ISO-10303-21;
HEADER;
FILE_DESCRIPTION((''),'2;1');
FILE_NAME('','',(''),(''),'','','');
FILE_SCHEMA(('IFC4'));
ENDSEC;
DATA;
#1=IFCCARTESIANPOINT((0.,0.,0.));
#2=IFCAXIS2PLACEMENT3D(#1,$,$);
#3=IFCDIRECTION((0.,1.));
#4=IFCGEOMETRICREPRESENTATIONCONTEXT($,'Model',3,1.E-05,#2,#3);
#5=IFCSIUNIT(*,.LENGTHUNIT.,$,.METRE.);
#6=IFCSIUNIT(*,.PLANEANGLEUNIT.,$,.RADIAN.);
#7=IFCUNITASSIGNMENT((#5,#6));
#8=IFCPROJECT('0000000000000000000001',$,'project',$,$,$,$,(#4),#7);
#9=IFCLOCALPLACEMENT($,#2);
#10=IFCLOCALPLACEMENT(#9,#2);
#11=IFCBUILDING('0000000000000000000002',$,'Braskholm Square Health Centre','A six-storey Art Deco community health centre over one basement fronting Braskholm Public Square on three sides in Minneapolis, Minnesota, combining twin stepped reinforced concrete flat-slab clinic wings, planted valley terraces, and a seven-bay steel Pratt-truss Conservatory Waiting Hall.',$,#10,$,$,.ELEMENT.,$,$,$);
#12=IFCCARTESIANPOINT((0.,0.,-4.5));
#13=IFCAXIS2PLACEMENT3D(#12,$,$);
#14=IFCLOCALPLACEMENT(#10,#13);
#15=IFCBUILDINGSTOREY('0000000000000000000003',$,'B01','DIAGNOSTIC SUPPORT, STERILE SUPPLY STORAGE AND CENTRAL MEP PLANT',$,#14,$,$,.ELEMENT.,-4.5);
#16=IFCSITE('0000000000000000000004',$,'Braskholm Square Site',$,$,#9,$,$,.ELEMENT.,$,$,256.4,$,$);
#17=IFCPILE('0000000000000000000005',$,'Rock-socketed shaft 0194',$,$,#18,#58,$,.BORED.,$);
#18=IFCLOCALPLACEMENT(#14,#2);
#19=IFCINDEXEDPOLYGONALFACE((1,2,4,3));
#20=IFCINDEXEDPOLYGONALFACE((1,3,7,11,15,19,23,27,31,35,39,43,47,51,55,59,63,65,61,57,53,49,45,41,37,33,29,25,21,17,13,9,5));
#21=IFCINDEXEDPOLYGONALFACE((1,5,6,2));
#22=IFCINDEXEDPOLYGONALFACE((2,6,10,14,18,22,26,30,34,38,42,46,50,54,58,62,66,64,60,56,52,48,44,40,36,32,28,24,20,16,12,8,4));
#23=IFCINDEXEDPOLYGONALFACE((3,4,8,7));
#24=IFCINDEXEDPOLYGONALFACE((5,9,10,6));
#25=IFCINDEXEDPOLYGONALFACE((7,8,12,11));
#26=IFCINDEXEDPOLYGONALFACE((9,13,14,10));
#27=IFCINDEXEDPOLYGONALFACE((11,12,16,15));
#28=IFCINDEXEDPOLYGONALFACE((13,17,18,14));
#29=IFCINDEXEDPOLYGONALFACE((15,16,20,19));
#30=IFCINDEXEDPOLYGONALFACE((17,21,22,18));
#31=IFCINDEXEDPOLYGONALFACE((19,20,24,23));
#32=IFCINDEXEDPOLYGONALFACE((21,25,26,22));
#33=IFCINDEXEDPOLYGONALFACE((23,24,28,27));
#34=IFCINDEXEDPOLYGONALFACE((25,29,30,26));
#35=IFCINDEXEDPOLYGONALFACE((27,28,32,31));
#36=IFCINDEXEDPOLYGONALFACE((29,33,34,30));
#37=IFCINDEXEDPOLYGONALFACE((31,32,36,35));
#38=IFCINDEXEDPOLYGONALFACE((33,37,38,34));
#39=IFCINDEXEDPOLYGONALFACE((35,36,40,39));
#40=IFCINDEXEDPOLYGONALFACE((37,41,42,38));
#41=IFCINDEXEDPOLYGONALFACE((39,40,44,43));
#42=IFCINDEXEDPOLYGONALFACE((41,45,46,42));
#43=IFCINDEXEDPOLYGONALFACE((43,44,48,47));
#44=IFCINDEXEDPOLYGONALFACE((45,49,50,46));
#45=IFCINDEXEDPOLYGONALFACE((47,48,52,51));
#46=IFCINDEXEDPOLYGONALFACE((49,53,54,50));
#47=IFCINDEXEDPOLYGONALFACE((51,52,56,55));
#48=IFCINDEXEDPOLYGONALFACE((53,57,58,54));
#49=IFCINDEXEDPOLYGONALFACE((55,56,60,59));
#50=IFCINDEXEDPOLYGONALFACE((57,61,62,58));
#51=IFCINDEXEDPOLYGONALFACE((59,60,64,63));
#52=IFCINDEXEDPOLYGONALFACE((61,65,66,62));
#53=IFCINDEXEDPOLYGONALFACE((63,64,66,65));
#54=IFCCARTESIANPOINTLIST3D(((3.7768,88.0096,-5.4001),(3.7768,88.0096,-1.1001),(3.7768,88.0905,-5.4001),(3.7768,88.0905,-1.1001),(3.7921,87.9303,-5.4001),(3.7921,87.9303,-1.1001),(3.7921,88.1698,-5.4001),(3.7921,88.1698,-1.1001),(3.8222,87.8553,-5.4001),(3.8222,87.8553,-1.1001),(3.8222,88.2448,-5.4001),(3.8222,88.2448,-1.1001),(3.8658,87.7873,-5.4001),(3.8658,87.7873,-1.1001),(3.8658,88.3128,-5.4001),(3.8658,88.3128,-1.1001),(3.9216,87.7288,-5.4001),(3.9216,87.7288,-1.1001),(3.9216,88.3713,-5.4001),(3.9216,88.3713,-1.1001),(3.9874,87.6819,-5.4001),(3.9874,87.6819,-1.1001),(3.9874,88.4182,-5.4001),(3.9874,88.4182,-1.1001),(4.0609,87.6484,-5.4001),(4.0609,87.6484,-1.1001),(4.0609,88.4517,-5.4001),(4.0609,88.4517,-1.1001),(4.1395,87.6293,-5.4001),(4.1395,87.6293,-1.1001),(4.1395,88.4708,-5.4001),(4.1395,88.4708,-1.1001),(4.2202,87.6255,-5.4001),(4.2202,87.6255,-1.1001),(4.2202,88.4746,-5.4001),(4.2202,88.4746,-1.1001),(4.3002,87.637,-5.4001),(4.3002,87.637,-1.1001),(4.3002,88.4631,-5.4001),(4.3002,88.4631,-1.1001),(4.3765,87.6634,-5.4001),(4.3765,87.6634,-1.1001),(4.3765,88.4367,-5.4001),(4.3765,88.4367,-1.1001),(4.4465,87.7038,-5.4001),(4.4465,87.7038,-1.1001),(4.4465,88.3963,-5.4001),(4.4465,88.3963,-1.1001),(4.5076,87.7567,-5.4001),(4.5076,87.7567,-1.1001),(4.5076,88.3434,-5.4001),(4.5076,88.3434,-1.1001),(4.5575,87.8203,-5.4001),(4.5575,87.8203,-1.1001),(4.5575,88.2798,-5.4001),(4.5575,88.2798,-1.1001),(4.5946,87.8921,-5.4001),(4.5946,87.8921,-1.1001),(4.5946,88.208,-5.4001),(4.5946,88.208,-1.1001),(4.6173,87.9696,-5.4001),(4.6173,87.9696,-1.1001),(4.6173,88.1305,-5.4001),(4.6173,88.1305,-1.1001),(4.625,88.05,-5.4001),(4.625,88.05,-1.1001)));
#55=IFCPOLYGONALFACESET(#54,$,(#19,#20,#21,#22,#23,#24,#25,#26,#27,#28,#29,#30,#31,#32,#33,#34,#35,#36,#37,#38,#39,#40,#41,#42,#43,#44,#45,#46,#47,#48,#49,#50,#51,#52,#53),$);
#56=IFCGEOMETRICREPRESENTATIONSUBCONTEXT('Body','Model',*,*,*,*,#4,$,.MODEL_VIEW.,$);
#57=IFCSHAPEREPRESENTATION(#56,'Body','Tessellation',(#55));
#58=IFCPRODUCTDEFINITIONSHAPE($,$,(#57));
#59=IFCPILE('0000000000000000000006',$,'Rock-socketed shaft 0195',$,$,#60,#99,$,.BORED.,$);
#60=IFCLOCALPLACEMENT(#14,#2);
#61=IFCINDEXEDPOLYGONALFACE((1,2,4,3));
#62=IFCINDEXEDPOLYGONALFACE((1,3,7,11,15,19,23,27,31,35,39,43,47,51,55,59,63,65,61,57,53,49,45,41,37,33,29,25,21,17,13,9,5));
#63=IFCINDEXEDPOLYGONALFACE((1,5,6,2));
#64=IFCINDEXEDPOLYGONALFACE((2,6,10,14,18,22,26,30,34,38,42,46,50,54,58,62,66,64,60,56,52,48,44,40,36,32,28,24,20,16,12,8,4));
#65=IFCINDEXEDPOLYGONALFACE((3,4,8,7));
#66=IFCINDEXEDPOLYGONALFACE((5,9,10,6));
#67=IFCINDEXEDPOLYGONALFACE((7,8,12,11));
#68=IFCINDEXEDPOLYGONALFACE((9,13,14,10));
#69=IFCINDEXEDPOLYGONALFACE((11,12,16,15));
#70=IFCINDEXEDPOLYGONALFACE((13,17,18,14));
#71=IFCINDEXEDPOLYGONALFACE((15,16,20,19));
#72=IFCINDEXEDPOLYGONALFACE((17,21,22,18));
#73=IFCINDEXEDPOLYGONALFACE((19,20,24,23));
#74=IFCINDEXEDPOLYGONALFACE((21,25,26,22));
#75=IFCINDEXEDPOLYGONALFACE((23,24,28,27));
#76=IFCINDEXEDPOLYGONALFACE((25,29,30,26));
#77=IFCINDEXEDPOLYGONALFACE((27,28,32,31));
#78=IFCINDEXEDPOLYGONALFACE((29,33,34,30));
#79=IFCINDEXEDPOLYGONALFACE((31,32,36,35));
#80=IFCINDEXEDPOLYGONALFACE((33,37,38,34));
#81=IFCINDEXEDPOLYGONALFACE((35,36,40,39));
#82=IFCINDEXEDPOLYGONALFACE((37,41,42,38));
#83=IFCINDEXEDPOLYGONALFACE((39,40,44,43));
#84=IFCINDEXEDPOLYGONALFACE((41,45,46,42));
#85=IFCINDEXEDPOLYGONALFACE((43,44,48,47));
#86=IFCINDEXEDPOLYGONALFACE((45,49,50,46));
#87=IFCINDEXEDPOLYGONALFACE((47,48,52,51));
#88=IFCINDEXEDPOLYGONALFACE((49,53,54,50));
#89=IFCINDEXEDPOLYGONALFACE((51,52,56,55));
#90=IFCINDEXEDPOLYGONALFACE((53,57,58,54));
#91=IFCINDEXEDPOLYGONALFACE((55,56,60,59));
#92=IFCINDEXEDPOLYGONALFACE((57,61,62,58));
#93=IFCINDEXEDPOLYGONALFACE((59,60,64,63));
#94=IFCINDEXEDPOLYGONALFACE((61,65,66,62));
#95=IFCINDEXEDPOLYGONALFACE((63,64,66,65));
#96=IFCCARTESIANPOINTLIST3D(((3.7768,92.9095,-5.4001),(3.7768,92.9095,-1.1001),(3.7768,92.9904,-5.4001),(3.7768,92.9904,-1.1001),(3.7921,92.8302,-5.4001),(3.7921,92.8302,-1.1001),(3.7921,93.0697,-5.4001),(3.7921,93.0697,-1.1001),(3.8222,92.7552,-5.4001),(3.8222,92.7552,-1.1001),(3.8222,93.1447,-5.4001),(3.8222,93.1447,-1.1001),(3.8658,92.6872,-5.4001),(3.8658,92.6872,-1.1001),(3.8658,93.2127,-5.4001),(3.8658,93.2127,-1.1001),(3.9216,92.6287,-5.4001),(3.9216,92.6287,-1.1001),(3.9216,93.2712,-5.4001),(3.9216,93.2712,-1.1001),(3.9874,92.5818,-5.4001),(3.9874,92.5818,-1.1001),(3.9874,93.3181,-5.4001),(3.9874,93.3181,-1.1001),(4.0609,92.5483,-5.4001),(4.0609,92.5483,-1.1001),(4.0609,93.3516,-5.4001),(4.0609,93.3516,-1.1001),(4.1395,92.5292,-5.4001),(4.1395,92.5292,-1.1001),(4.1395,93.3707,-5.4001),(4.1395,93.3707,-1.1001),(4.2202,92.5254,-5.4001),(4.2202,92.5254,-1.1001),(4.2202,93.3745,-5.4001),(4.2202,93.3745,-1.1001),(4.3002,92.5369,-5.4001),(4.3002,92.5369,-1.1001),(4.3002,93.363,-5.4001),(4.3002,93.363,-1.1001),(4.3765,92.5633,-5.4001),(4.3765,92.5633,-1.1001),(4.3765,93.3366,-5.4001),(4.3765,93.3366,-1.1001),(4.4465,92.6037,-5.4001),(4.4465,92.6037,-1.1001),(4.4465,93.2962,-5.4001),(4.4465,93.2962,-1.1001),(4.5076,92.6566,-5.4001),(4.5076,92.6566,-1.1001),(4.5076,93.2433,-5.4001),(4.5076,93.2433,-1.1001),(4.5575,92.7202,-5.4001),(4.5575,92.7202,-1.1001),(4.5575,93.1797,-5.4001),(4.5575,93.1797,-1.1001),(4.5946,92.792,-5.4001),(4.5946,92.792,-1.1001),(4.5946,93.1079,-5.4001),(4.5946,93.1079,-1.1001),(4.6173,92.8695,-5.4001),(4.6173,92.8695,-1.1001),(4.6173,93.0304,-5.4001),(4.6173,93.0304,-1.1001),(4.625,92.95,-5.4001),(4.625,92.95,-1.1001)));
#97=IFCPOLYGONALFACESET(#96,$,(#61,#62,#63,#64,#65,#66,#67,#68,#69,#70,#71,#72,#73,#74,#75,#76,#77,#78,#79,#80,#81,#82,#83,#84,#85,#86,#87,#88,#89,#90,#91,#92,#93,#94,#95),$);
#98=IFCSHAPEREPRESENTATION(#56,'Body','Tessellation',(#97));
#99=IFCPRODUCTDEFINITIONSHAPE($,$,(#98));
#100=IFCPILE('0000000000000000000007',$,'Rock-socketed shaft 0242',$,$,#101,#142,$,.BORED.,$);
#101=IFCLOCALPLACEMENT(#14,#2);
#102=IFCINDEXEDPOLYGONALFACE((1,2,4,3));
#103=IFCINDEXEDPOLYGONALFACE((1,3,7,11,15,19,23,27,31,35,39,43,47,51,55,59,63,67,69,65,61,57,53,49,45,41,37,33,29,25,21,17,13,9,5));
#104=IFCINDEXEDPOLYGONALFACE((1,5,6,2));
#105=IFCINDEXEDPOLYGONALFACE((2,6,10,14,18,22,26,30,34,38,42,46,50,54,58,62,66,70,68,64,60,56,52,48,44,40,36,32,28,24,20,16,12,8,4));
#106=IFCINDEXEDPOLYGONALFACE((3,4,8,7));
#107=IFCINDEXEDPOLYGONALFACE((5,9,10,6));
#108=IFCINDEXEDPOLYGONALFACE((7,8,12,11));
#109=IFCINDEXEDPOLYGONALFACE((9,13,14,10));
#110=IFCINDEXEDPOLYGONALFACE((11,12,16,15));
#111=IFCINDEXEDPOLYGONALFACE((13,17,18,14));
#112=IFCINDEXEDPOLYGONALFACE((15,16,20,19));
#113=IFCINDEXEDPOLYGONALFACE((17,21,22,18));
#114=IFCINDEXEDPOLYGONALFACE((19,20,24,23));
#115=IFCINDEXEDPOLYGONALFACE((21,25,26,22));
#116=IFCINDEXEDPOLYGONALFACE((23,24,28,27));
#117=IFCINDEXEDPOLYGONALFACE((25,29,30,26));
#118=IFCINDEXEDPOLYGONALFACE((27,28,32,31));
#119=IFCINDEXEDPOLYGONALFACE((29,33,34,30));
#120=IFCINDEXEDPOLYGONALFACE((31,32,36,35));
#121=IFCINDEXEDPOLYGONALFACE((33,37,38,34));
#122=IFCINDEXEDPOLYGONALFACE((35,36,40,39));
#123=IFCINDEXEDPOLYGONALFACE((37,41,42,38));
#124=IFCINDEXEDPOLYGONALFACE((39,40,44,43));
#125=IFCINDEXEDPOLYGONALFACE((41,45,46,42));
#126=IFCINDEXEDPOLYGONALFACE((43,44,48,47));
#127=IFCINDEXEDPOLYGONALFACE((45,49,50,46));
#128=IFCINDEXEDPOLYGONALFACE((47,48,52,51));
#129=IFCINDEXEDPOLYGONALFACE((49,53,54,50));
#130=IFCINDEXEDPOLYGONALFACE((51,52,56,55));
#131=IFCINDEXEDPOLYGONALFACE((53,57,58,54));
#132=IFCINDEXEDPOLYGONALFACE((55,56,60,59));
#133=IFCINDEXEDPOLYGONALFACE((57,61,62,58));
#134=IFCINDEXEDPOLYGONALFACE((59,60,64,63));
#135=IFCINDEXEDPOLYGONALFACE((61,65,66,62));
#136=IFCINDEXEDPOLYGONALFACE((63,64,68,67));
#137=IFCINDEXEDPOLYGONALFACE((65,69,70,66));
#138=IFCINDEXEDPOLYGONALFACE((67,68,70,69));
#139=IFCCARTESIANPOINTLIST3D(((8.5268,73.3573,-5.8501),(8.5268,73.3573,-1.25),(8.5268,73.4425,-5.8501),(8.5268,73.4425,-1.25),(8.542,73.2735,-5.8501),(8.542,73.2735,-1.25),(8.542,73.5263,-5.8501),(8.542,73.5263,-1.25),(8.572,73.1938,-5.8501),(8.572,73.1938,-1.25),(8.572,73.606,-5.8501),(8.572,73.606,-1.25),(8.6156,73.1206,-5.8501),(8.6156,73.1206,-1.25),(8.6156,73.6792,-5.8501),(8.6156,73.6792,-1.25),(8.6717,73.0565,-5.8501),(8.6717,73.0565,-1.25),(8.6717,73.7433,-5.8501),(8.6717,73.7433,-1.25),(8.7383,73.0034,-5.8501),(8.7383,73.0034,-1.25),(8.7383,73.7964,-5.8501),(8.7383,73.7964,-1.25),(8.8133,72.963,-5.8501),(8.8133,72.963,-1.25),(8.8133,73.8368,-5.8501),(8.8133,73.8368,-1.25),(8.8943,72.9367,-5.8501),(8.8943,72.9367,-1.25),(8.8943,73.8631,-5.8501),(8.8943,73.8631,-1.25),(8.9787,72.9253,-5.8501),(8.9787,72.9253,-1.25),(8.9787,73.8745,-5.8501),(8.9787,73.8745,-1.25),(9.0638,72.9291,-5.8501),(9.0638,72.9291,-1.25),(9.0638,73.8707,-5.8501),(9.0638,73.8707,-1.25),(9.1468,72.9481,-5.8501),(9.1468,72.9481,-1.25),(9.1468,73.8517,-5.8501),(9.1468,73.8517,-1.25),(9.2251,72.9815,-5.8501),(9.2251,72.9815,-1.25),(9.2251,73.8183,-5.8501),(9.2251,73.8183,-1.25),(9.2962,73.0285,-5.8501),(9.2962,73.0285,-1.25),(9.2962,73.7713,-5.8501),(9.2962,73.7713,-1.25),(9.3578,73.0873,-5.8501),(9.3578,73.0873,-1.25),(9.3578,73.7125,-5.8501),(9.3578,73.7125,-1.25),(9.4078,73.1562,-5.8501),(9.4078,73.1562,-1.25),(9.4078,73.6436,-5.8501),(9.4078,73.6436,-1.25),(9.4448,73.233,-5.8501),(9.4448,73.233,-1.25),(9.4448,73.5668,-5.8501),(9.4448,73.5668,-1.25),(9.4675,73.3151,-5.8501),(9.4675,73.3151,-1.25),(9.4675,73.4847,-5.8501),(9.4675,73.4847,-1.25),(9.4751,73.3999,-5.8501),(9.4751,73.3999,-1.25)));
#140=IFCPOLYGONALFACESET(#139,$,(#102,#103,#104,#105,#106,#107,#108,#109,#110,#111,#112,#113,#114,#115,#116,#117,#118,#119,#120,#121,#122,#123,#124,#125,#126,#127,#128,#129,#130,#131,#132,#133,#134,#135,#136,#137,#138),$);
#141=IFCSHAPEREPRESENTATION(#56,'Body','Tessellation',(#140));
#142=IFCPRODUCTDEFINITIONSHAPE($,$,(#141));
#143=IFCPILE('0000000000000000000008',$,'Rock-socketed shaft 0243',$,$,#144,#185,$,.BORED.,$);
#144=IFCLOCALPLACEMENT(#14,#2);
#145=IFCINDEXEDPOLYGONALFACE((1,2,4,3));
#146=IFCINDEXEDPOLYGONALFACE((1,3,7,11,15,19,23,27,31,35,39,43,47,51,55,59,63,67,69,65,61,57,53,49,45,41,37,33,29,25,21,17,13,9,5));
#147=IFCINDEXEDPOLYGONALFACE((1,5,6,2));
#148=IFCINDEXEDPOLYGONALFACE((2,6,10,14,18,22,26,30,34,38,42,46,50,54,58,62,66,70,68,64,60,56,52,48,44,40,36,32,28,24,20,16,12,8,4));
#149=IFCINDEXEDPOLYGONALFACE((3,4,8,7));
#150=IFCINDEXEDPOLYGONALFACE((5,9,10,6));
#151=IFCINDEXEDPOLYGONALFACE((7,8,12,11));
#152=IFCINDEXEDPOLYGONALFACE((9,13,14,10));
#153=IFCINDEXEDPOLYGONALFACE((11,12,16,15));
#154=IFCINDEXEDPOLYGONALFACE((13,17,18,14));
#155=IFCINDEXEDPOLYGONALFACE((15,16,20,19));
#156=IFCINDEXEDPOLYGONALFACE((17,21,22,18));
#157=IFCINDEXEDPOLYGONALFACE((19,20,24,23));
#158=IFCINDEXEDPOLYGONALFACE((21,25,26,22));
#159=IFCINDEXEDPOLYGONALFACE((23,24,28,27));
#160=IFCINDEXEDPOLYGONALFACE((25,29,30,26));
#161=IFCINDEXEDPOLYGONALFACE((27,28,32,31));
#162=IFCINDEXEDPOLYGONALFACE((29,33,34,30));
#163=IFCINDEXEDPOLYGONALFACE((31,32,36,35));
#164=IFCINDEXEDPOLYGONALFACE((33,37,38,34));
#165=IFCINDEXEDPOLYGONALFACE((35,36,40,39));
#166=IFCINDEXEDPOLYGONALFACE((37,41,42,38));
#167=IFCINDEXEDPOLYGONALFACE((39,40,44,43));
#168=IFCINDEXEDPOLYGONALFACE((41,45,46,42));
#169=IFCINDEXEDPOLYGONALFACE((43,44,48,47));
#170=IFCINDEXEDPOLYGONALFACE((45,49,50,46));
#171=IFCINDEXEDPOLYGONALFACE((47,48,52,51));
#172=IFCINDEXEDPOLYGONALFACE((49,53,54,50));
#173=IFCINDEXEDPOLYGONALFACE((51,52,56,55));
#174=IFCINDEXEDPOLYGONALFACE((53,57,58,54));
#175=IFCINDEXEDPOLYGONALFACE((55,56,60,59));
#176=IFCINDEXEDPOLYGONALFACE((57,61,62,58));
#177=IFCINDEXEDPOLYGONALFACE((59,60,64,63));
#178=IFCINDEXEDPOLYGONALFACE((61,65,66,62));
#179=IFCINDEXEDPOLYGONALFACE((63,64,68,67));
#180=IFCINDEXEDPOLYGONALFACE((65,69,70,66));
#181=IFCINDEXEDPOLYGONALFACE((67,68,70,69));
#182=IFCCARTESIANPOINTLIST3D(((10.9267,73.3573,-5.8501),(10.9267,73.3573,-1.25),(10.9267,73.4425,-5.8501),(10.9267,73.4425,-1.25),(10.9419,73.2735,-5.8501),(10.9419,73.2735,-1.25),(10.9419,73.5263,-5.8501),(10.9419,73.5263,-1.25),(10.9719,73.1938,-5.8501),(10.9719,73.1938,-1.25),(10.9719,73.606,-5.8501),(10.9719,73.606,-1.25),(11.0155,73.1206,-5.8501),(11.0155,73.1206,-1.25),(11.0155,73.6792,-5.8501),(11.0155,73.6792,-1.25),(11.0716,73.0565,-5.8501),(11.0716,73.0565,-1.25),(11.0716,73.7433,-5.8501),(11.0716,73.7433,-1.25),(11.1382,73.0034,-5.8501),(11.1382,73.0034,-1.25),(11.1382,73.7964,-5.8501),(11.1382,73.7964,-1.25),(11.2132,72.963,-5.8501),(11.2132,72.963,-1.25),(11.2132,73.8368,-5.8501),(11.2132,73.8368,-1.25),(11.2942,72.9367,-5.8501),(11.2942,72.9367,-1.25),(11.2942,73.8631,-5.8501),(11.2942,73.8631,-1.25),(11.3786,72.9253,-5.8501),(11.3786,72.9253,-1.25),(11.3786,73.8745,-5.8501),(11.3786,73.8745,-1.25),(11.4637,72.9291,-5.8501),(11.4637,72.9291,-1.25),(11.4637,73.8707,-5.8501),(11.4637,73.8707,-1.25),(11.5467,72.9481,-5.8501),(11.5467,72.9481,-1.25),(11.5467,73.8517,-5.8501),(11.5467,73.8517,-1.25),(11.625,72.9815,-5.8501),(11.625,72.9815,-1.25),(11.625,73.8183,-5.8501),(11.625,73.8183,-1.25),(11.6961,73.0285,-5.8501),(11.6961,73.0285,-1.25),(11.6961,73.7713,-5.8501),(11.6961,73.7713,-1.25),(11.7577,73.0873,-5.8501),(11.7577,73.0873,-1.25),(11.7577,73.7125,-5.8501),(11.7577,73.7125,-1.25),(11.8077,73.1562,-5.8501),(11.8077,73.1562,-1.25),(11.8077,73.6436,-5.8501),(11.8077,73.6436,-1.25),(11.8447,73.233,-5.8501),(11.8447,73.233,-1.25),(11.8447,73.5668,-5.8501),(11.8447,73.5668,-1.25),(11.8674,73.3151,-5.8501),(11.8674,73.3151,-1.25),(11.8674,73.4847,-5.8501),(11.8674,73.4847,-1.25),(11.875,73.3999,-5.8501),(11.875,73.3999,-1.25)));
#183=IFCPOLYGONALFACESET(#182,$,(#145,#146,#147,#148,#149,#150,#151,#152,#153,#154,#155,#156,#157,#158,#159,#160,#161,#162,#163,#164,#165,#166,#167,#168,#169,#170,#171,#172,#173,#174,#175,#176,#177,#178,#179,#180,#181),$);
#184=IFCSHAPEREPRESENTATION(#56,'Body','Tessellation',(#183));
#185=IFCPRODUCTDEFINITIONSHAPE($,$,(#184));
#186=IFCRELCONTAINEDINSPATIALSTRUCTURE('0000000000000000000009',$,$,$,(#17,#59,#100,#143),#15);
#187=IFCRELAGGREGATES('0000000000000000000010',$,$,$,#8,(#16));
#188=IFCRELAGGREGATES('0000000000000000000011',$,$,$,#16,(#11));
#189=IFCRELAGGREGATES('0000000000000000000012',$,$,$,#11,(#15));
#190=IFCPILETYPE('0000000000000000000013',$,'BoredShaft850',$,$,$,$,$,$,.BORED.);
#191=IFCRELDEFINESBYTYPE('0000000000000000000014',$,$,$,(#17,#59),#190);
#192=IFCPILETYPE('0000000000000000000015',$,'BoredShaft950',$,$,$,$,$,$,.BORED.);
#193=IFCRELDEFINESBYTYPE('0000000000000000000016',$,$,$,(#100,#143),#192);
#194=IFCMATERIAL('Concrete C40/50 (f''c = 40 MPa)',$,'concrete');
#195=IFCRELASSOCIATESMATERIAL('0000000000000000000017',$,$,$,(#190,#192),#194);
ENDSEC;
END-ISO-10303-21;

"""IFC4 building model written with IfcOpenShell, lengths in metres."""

from ifc_helpers import new_model, si_unit, direction, frame, origin, origin_2d, place, context, subcontext, project, spatial, circle, extrude, material, material_profile, profile_set, type_object, element, save


model = new_model("IFC4")

# Units and contexts
model_context = context("Model", 3, precision=1e-05, world=origin(), true_north=direction((0.0, 1.0)))
body_context = subcontext(model_context, "Body", "Model", "MODEL_VIEW")
ifc_project = project(units=[si_unit("LENGTHUNIT", "METRE"), si_unit("PLANEANGLEUNIT", "RADIAN")], contexts=[model_context])

# Site, building, storey
site_placement = place(None, origin())
site = spatial("IfcSite", under=ifc_project, at=site_placement, Name="Braskholm Square Site", CompositionType="ELEMENT", RefElevation=256.4)
building_placement = place(site_placement, origin())
building = spatial("IfcBuilding", under=site, at=building_placement, Name="Braskholm Square Health Centre", Description="A six-storey Art Deco community health centre over one basement fronting Braskholm Public Square on three sides in Minneapolis, Minnesota, combining twin stepped reinforced concrete flat-slab clinic wings, planted valley terraces, and a seven-bay steel Pratt-truss Conservatory Waiting Hall.", CompositionType="ELEMENT")
storey_placement = place(building_placement, frame((0.0, 0.0, -4.5)))
storey = spatial("IfcBuildingStorey", under=building, at=storey_placement, Name="B01", Description="DIAGNOSTIC SUPPORT, STERILE SUPPLY STORAGE AND CENTRAL MEP PLANT", CompositionType="ELEMENT", Elevation=-4.5)

# Piles
ifc_material_1 = material(Name="Concrete C40/50 (f'c = 40 MPa)", Category="concrete")
ifc_material_profile_1 = material_profile(ifc_material_1, circle(Radius=0.425, at=origin_2d()), Name="BORED-PILE-850")
ifc_profile_set_1 = profile_set([ifc_material_profile_1], Name="Concrete C40/50 (f'c = 40 MPa)")
pile_type_1 = type_object("IfcPileType", Name="BoredShaft850", PredefinedType="BORED", material=ifc_profile_set_1)
for number, where, z_axis, x_axis, name in (
    (1, (4.2, 88.05, -1.1001), (0.0, 0.0, -1.0), (1.0, 0.0, 0.0), "Rock-socketed shaft 0194"),
    (2, (4.2, 92.95, -1.1001), (0.0, 0.0, -1.0), (1.0, 0.0, 0.0), "Rock-socketed shaft 0195"),
):
    element("IfcPile", number, at=place(storey_placement, frame(where, z_axis=z_axis, x_axis=x_axis)), inside=storey, type_object=pile_type_1, Name=name, PredefinedType="BORED", context=body_context, shape_type="SweptSolid", body=[
        extrude(circle(Radius=0.425, at=origin_2d()), origin(), (0.0, 0.0, 1.0), 4.3),
    ])
ifc_material_profile_2 = material_profile(ifc_material_1, circle(Radius=0.4751, at=origin_2d()), Name="BORED-PILE-950")
ifc_profile_set_2 = profile_set([ifc_material_profile_2], Name="Concrete C40/50 (f'c = 40 MPa)")
pile_type_2 = type_object("IfcPileType", Name="BoredShaft950", PredefinedType="BORED", material=ifc_profile_set_2)
for number, where, z_axis, x_axis, name in (
    (3, (9.0, 73.3999, -1.25), (0.0, 0.0, -1.0), (1.0, 0.0, 0.0), "Rock-socketed shaft 0242"),
    (4, (11.3999, 73.3999, -1.25), (0.0, 0.0, -1.0), (1.0, 0.0, 0.0), "Rock-socketed shaft 0243"),
):
    element("IfcPile", number, at=place(storey_placement, frame(where, z_axis=z_axis, x_axis=x_axis)), inside=storey, type_object=pile_type_2, Name=name, PredefinedType="BORED", context=body_context, shape_type="SweptSolid", body=[
        extrude(circle(Radius=0.4751, at=origin_2d()), origin(), (0.0, 0.0, 1.0), 4.6001),
    ])

save(model, "model.ifc")
